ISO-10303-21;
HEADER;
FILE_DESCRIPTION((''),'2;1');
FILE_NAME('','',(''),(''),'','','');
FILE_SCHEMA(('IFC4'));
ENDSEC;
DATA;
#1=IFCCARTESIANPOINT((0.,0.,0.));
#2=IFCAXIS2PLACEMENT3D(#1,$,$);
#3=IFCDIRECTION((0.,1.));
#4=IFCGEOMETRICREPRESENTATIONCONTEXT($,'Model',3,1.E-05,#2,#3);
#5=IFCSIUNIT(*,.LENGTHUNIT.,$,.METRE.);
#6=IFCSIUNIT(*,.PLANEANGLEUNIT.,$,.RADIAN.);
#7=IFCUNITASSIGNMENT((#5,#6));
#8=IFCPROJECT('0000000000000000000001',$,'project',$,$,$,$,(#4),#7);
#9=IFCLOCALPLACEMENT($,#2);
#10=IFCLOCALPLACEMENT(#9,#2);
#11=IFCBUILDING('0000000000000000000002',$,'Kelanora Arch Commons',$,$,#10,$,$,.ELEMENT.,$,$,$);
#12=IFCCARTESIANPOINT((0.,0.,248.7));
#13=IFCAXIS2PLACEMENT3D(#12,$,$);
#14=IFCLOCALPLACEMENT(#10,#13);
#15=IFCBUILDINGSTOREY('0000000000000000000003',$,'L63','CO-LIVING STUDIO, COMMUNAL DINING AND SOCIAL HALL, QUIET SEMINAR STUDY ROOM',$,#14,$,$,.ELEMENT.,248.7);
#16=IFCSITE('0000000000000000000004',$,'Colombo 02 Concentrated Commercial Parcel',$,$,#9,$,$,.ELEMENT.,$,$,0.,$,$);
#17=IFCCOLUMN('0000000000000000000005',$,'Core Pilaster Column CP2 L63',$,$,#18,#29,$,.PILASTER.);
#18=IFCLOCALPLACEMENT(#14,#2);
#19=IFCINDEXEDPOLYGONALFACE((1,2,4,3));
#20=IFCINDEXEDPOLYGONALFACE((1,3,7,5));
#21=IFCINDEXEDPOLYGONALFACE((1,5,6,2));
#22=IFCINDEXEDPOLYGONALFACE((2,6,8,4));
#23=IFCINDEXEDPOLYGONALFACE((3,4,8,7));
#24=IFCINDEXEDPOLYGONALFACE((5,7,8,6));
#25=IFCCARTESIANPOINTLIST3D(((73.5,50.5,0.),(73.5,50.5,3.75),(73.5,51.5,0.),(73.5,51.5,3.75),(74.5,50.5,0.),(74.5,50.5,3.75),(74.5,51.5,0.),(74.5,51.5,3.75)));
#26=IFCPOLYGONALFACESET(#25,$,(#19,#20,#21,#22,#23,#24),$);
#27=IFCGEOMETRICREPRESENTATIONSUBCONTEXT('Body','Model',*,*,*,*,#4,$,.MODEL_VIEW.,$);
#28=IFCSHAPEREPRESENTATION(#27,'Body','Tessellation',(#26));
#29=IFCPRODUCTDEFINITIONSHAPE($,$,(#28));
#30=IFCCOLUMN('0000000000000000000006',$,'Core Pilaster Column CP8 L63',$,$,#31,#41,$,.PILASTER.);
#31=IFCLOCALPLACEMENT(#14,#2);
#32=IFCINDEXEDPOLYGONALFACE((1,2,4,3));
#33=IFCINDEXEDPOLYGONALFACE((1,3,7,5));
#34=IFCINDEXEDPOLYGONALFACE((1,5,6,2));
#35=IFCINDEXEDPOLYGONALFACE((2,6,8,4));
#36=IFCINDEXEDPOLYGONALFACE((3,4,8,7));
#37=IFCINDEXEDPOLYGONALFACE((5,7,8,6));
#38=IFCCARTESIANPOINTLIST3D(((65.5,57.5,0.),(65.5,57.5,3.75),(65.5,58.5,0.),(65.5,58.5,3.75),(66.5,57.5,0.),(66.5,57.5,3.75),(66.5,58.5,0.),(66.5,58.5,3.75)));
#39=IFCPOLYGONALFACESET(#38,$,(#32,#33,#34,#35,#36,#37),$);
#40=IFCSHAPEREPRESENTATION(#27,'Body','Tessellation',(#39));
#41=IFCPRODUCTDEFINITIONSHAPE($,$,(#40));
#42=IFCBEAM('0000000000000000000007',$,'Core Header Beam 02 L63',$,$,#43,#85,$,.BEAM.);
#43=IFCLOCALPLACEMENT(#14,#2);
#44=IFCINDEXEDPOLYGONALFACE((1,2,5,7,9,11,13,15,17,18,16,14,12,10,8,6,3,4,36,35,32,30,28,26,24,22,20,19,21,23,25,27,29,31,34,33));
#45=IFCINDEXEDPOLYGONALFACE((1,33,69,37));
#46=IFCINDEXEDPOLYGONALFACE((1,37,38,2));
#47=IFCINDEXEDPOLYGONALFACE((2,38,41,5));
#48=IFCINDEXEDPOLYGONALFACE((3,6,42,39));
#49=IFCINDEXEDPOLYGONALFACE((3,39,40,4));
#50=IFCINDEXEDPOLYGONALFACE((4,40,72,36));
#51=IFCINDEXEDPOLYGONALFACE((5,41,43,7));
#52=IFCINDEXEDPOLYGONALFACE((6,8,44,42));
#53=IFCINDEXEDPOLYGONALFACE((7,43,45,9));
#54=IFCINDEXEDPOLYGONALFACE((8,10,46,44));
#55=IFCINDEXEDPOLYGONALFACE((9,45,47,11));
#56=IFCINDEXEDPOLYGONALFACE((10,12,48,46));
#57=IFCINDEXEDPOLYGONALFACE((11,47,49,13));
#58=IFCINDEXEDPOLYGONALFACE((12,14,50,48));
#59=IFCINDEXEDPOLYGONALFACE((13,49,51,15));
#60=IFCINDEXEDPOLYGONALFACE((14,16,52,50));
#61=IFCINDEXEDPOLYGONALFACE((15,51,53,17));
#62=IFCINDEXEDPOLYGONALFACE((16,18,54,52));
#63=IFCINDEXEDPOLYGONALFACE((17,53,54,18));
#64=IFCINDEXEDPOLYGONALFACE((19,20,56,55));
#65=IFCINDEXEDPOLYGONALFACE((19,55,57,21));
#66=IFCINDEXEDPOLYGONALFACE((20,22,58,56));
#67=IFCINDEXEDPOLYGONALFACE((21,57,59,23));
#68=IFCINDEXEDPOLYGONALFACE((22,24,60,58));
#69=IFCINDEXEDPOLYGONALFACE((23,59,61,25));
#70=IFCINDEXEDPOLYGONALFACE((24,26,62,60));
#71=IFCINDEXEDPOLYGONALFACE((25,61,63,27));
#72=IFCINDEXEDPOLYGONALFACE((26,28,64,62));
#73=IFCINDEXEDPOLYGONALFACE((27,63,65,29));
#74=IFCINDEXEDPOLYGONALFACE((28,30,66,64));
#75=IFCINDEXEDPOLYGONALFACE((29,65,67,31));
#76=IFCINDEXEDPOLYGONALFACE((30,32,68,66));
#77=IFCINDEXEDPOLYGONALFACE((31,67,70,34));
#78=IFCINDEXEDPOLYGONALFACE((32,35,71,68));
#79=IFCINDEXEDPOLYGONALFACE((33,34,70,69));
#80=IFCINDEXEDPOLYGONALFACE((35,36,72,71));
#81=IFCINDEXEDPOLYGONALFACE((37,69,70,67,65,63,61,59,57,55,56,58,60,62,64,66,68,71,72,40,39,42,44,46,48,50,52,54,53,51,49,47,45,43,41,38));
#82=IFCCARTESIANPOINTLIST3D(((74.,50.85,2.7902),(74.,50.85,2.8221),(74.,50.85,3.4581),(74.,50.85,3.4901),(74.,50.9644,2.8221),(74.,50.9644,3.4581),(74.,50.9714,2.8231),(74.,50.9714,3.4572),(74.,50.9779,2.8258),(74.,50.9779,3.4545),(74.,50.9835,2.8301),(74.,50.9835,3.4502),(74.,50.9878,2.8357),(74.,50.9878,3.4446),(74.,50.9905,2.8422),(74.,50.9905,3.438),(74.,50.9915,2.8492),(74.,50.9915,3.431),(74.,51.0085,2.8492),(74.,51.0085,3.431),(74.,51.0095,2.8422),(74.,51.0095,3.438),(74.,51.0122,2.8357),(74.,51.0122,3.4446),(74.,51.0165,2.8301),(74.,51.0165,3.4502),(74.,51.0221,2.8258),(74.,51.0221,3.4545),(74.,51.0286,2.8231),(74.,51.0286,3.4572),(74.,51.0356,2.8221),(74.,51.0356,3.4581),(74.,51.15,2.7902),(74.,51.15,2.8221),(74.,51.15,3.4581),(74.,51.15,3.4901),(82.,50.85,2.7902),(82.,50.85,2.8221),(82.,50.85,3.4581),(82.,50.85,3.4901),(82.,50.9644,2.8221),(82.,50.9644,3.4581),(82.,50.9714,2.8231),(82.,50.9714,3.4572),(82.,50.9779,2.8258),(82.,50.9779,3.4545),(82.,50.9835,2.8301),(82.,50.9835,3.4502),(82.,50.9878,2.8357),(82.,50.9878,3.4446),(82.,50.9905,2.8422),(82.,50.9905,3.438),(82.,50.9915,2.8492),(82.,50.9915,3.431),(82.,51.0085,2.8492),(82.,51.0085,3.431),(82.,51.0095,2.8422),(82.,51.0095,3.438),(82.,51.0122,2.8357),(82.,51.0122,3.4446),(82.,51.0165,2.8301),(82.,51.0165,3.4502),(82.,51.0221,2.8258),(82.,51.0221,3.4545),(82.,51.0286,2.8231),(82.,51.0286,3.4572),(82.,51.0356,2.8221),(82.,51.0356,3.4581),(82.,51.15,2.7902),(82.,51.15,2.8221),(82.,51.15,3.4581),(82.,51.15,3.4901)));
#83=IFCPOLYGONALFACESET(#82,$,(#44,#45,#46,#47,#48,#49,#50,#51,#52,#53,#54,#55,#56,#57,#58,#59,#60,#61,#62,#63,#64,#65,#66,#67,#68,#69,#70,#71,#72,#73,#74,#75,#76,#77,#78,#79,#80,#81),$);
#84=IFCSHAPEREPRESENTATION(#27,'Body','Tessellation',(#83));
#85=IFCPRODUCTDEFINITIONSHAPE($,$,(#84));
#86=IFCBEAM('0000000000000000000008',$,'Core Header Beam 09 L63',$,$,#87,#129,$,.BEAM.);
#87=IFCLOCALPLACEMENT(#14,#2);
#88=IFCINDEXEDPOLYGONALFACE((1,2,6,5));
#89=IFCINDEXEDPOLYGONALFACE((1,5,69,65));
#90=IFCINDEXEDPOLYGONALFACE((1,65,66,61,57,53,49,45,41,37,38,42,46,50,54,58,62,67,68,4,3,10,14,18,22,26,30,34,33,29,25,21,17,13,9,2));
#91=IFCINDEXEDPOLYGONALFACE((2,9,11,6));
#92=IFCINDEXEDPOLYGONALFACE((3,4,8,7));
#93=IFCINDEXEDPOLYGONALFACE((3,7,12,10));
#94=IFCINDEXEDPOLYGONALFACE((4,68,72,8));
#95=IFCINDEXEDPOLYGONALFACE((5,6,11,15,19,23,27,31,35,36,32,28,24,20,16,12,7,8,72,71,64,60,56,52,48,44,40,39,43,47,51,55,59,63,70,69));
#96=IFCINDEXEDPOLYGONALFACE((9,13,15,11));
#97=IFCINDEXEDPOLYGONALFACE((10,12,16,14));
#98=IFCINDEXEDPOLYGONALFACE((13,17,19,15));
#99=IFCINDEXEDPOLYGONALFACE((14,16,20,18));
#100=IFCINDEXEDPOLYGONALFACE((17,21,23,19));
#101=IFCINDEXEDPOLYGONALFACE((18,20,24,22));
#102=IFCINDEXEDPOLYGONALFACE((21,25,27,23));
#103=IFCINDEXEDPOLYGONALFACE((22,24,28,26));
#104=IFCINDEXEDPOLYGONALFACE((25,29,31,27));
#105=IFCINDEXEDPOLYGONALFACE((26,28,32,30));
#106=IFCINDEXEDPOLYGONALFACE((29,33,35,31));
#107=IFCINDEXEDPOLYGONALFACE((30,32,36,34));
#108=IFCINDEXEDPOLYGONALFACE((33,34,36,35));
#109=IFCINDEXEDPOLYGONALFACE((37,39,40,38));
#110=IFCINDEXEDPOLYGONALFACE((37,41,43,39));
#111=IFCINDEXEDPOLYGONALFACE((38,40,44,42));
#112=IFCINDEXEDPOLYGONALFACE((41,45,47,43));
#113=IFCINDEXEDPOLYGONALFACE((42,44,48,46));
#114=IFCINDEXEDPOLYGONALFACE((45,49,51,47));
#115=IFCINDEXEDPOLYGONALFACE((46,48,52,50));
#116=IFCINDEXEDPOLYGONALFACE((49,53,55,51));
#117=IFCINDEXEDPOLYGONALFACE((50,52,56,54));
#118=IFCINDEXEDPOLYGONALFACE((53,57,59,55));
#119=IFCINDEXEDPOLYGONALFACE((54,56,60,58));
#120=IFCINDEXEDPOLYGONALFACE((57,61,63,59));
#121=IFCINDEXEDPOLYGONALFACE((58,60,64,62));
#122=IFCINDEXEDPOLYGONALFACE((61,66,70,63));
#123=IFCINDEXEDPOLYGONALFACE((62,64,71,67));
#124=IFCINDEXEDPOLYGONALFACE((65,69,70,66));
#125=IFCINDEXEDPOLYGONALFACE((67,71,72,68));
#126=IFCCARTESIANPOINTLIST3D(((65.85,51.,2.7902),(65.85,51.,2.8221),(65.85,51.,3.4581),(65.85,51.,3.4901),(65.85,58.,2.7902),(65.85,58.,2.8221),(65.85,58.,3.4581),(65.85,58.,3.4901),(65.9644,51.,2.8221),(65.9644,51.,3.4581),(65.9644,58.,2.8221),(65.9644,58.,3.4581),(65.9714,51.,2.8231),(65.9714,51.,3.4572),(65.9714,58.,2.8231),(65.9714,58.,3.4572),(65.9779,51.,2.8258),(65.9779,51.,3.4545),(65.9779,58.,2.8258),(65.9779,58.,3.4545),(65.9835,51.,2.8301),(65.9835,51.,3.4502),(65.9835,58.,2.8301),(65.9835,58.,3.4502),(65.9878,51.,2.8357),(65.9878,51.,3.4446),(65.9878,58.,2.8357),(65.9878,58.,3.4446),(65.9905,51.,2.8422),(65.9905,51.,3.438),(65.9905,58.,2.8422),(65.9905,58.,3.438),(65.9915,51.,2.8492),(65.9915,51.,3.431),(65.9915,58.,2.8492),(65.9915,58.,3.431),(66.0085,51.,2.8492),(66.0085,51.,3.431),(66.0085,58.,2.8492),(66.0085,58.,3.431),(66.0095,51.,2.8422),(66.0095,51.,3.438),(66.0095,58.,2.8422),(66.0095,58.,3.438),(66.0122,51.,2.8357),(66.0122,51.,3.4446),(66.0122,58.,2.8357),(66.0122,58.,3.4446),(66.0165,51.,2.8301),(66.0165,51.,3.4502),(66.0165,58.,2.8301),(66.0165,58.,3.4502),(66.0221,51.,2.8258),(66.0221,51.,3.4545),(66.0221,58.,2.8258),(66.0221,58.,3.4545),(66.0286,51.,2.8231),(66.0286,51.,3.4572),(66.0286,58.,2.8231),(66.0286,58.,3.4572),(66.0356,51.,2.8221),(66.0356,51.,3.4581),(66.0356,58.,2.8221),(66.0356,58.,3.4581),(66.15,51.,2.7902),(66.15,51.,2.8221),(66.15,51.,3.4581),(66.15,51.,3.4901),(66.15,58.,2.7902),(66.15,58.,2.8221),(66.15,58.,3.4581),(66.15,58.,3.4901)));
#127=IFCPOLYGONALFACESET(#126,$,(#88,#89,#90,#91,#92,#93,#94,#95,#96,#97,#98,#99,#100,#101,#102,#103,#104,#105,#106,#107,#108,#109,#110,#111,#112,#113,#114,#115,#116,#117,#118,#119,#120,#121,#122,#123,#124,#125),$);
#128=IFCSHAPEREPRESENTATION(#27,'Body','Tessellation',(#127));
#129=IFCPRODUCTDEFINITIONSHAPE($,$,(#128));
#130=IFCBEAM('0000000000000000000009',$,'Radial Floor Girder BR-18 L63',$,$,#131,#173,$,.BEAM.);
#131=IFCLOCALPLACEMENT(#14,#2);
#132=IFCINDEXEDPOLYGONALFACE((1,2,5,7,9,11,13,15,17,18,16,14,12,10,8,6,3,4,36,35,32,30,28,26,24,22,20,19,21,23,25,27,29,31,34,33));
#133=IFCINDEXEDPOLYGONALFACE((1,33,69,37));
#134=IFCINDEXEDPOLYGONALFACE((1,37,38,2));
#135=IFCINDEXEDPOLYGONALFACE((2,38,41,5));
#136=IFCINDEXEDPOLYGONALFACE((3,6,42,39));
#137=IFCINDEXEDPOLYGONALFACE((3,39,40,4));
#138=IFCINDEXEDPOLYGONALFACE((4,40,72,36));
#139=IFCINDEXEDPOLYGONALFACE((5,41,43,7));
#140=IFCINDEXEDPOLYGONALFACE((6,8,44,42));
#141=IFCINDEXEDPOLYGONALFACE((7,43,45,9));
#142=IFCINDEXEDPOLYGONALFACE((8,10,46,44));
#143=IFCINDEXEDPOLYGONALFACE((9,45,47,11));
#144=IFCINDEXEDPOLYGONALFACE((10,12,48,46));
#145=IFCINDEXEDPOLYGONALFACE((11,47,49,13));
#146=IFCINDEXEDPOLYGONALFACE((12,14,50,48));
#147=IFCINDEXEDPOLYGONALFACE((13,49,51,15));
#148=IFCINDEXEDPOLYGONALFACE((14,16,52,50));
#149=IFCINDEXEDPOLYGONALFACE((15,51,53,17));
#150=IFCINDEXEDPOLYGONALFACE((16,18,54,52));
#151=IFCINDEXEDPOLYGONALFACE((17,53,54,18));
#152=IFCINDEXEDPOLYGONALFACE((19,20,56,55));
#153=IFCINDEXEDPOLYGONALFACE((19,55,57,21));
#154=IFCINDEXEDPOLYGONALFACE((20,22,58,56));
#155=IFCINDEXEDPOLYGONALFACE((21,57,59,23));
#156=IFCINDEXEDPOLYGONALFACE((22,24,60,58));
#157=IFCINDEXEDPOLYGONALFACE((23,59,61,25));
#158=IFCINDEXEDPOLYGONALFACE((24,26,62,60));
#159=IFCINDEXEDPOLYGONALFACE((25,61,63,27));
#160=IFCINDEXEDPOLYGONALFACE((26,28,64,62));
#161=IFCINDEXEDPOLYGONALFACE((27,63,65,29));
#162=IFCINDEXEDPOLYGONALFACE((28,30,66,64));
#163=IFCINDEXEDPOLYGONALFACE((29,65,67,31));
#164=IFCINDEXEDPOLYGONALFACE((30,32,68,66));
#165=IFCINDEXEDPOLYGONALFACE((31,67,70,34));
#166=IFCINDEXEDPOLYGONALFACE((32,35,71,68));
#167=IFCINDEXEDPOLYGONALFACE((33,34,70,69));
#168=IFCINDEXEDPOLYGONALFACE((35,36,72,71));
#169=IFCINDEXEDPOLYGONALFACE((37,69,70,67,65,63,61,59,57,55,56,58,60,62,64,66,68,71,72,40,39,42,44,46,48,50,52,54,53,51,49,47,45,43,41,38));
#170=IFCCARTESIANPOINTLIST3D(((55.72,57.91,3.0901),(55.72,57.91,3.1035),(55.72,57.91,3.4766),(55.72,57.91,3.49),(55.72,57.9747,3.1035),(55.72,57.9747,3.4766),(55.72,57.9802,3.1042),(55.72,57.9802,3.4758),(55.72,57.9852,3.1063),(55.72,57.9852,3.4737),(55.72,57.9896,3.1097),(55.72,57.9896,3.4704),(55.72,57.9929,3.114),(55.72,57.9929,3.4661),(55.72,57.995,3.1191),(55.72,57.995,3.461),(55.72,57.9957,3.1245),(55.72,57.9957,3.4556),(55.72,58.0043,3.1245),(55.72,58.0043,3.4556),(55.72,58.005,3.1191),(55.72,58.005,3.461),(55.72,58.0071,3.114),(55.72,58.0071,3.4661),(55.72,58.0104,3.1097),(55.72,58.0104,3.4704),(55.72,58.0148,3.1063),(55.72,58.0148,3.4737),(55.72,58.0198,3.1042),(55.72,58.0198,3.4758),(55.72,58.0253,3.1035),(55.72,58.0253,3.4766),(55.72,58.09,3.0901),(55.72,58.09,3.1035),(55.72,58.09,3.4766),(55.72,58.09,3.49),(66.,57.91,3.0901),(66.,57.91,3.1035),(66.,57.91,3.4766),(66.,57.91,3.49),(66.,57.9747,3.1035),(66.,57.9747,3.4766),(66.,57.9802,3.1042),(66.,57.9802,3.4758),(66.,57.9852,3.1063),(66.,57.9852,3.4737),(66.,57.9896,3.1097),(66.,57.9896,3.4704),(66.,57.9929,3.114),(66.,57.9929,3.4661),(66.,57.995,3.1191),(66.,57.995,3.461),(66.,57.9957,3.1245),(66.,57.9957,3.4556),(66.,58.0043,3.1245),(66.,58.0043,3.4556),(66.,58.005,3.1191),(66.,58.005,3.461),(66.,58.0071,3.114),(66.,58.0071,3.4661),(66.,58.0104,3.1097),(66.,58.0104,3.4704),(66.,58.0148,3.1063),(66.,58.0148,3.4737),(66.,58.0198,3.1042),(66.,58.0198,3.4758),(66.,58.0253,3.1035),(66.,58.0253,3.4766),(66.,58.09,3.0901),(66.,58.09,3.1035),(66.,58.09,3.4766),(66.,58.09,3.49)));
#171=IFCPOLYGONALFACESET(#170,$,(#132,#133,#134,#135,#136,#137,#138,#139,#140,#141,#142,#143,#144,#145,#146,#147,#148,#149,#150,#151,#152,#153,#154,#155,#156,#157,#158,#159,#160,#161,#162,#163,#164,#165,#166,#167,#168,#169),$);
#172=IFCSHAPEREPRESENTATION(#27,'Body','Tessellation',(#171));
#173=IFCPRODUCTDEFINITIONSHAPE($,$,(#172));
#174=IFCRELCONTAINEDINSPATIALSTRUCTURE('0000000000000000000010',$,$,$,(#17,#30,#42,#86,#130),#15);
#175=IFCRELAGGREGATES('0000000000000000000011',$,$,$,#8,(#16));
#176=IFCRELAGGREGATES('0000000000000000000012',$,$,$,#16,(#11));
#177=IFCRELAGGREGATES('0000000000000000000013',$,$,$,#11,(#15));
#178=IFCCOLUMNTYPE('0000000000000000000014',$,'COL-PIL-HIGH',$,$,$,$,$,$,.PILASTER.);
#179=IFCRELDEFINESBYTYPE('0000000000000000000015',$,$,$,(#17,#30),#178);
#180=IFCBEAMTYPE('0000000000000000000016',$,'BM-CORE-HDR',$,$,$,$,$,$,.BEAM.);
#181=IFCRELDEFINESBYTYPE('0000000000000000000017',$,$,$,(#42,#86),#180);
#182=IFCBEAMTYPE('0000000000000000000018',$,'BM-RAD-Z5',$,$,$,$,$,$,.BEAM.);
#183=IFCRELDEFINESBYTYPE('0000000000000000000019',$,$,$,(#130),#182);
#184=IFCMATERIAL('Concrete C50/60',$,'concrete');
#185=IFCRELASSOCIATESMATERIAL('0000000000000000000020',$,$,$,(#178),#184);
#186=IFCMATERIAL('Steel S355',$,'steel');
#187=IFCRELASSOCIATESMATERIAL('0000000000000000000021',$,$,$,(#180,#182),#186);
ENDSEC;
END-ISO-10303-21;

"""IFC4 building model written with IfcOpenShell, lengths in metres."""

from ifc_helpers import new_model, si_unit, direction, frame, origin, origin_2d, place, context, subcontext, project, spatial, rectangle, i_section, extrude, material, material_profile, profile_set, type_object, element, save


model = new_model("IFC4")

# Units and contexts
model_context = context("Model", 3, precision=1e-05, world=origin(), true_north=direction((0.0, 1.0)))
body_context = subcontext(model_context, "Body", "Model", "MODEL_VIEW")
ifc_project = project(units=[si_unit("LENGTHUNIT", "METRE"), si_unit("PLANEANGLEUNIT", "RADIAN")], contexts=[model_context])

# Site, building, storey
site_placement = place(None, origin())
site = spatial("IfcSite", under=ifc_project, at=site_placement, Name="Colombo 02 Concentrated Commercial Parcel", CompositionType="ELEMENT", RefElevation=0.0)
building_placement = place(site_placement, origin())
building = spatial("IfcBuilding", under=site, at=building_placement, Name="Kelanora Arch Commons", CompositionType="ELEMENT")
storey_placement = place(building_placement, frame((0.0, 0.0, 248.7)))
storey = spatial("IfcBuildingStorey", under=building, at=storey_placement, Name="L63", Description="CO-LIVING STUDIO, COMMUNAL DINING AND SOCIAL HALL, QUIET SEMINAR STUDY ROOM", CompositionType="ELEMENT", Elevation=248.7)

# Columns
ifc_material_1 = material(Name="Concrete C50/60", Category="concrete")
ifc_material_profile_1 = material_profile(ifc_material_1, rectangle(XDim=1.0, YDim=1.0, at=origin_2d()), Name="RC1000x1000")
ifc_profile_set_1 = profile_set([ifc_material_profile_1], Name="Concrete C50/60")
column_type = type_object("IfcColumnType", Name="COL-PIL-HIGH", PredefinedType="PILASTER", material=ifc_profile_set_1)
for number, where, z_axis, x_axis, name in (
    (1, (74.0, 51.0, 0.0), (0.0, 0.0, 1.0), (1.0, 0.0, 0.0), "Core Pilaster Column CP2 L63"),
    (2, (66.0, 58.0, 0.0), (0.0, 0.0, 1.0), (1.0, 0.0, 0.0), "Core Pilaster Column CP8 L63"),
):
    element("IfcColumn", number, at=place(storey_placement, frame(where, z_axis=z_axis, x_axis=x_axis)), inside=storey, type_object=column_type, Name=name, PredefinedType="PILASTER", context=body_context, shape_type="SweptSolid", body=[
        extrude(rectangle(XDim=1.0, YDim=1.0, at=origin_2d()), origin(), (0.0, 0.0, 1.0), 3.75),
    ])

# Beams
ifc_material_2 = material(Name="Steel S355", Category="steel")
ifc_material_profile_2 = material_profile(ifc_material_2, i_section(OverallWidth=0.3, OverallDepth=0.7, WebThickness=0.0171, FlangeThickness=0.032, FilletRadius=0.0271, at=origin_2d()), Name="HEB700")
ifc_profile_set_2 = profile_set([ifc_material_profile_2], Name="Steel S355")
beam_type_1 = type_object("IfcBeamType", Name="BM-CORE-HDR", PredefinedType="BEAM", material=ifc_profile_set_2)
beam_1_placement = place(storey_placement, frame((74.0, 51.0, 3.1401), z_axis=(1.0, 0.0, 0.0), x_axis=(0.0, 1.0, 0.0)))
element("IfcBeam", 3, at=beam_1_placement, inside=storey, type_object=beam_type_1, Name="Core Header Beam 02 L63", PredefinedType="BEAM", context=body_context, shape_type="SweptSolid", body=[
    extrude(i_section(OverallWidth=0.3, OverallDepth=0.7, WebThickness=0.0171, FlangeThickness=0.032, FilletRadius=0.0271, at=origin_2d()), origin(), (0.0, 0.0, 1.0), 8.0),
])
beam_2_placement = place(storey_placement, frame((66.0, 58.0, 3.1401), z_axis=(0.0, -1.0, 0.0), x_axis=(1.0, 0.0, 0.0)))
element("IfcBeam", 4, at=beam_2_placement, inside=storey, type_object=beam_type_1, Name="Core Header Beam 09 L63", PredefinedType="BEAM", context=body_context, shape_type="SweptSolid", body=[
    extrude(i_section(OverallWidth=0.3, OverallDepth=0.7, WebThickness=0.0171, FlangeThickness=0.032, FilletRadius=0.0271, at=origin_2d()), origin(), (0.0, 0.0, 1.0), 7.0),
])
ifc_material_profile_3 = material_profile(ifc_material_2, i_section(OverallWidth=0.1799, OverallDepth=0.3999, WebThickness=0.0085, FlangeThickness=0.0134, FilletRadius=0.021, at=origin_2d()), Name="IPE400")
ifc_profile_set_3 = profile_set([ifc_material_profile_3], Name="Steel S355")
beam_type_2 = type_object("IfcBeamType", Name="BM-RAD-Z5", PredefinedType="BEAM", material=ifc_profile_set_3)
beam_3_placement = place(storey_placement, frame((66.0, 58.0, 3.29), z_axis=(-1.0, 0.0, 0.0), x_axis=(0.0, -1.0, 0.0)))
element("IfcBeam", 5, at=beam_3_placement, inside=storey, type_object=beam_type_2, Name="Radial Floor Girder BR-18 L63", PredefinedType="BEAM", context=body_context, shape_type="SweptSolid", body=[
    extrude(i_section(OverallWidth=0.1799, OverallDepth=0.3999, WebThickness=0.0085, FlangeThickness=0.0134, FilletRadius=0.021, at=origin_2d()), origin(), (0.0, 0.0, 1.0), 10.28),
])

save(model, "model.ifc")
